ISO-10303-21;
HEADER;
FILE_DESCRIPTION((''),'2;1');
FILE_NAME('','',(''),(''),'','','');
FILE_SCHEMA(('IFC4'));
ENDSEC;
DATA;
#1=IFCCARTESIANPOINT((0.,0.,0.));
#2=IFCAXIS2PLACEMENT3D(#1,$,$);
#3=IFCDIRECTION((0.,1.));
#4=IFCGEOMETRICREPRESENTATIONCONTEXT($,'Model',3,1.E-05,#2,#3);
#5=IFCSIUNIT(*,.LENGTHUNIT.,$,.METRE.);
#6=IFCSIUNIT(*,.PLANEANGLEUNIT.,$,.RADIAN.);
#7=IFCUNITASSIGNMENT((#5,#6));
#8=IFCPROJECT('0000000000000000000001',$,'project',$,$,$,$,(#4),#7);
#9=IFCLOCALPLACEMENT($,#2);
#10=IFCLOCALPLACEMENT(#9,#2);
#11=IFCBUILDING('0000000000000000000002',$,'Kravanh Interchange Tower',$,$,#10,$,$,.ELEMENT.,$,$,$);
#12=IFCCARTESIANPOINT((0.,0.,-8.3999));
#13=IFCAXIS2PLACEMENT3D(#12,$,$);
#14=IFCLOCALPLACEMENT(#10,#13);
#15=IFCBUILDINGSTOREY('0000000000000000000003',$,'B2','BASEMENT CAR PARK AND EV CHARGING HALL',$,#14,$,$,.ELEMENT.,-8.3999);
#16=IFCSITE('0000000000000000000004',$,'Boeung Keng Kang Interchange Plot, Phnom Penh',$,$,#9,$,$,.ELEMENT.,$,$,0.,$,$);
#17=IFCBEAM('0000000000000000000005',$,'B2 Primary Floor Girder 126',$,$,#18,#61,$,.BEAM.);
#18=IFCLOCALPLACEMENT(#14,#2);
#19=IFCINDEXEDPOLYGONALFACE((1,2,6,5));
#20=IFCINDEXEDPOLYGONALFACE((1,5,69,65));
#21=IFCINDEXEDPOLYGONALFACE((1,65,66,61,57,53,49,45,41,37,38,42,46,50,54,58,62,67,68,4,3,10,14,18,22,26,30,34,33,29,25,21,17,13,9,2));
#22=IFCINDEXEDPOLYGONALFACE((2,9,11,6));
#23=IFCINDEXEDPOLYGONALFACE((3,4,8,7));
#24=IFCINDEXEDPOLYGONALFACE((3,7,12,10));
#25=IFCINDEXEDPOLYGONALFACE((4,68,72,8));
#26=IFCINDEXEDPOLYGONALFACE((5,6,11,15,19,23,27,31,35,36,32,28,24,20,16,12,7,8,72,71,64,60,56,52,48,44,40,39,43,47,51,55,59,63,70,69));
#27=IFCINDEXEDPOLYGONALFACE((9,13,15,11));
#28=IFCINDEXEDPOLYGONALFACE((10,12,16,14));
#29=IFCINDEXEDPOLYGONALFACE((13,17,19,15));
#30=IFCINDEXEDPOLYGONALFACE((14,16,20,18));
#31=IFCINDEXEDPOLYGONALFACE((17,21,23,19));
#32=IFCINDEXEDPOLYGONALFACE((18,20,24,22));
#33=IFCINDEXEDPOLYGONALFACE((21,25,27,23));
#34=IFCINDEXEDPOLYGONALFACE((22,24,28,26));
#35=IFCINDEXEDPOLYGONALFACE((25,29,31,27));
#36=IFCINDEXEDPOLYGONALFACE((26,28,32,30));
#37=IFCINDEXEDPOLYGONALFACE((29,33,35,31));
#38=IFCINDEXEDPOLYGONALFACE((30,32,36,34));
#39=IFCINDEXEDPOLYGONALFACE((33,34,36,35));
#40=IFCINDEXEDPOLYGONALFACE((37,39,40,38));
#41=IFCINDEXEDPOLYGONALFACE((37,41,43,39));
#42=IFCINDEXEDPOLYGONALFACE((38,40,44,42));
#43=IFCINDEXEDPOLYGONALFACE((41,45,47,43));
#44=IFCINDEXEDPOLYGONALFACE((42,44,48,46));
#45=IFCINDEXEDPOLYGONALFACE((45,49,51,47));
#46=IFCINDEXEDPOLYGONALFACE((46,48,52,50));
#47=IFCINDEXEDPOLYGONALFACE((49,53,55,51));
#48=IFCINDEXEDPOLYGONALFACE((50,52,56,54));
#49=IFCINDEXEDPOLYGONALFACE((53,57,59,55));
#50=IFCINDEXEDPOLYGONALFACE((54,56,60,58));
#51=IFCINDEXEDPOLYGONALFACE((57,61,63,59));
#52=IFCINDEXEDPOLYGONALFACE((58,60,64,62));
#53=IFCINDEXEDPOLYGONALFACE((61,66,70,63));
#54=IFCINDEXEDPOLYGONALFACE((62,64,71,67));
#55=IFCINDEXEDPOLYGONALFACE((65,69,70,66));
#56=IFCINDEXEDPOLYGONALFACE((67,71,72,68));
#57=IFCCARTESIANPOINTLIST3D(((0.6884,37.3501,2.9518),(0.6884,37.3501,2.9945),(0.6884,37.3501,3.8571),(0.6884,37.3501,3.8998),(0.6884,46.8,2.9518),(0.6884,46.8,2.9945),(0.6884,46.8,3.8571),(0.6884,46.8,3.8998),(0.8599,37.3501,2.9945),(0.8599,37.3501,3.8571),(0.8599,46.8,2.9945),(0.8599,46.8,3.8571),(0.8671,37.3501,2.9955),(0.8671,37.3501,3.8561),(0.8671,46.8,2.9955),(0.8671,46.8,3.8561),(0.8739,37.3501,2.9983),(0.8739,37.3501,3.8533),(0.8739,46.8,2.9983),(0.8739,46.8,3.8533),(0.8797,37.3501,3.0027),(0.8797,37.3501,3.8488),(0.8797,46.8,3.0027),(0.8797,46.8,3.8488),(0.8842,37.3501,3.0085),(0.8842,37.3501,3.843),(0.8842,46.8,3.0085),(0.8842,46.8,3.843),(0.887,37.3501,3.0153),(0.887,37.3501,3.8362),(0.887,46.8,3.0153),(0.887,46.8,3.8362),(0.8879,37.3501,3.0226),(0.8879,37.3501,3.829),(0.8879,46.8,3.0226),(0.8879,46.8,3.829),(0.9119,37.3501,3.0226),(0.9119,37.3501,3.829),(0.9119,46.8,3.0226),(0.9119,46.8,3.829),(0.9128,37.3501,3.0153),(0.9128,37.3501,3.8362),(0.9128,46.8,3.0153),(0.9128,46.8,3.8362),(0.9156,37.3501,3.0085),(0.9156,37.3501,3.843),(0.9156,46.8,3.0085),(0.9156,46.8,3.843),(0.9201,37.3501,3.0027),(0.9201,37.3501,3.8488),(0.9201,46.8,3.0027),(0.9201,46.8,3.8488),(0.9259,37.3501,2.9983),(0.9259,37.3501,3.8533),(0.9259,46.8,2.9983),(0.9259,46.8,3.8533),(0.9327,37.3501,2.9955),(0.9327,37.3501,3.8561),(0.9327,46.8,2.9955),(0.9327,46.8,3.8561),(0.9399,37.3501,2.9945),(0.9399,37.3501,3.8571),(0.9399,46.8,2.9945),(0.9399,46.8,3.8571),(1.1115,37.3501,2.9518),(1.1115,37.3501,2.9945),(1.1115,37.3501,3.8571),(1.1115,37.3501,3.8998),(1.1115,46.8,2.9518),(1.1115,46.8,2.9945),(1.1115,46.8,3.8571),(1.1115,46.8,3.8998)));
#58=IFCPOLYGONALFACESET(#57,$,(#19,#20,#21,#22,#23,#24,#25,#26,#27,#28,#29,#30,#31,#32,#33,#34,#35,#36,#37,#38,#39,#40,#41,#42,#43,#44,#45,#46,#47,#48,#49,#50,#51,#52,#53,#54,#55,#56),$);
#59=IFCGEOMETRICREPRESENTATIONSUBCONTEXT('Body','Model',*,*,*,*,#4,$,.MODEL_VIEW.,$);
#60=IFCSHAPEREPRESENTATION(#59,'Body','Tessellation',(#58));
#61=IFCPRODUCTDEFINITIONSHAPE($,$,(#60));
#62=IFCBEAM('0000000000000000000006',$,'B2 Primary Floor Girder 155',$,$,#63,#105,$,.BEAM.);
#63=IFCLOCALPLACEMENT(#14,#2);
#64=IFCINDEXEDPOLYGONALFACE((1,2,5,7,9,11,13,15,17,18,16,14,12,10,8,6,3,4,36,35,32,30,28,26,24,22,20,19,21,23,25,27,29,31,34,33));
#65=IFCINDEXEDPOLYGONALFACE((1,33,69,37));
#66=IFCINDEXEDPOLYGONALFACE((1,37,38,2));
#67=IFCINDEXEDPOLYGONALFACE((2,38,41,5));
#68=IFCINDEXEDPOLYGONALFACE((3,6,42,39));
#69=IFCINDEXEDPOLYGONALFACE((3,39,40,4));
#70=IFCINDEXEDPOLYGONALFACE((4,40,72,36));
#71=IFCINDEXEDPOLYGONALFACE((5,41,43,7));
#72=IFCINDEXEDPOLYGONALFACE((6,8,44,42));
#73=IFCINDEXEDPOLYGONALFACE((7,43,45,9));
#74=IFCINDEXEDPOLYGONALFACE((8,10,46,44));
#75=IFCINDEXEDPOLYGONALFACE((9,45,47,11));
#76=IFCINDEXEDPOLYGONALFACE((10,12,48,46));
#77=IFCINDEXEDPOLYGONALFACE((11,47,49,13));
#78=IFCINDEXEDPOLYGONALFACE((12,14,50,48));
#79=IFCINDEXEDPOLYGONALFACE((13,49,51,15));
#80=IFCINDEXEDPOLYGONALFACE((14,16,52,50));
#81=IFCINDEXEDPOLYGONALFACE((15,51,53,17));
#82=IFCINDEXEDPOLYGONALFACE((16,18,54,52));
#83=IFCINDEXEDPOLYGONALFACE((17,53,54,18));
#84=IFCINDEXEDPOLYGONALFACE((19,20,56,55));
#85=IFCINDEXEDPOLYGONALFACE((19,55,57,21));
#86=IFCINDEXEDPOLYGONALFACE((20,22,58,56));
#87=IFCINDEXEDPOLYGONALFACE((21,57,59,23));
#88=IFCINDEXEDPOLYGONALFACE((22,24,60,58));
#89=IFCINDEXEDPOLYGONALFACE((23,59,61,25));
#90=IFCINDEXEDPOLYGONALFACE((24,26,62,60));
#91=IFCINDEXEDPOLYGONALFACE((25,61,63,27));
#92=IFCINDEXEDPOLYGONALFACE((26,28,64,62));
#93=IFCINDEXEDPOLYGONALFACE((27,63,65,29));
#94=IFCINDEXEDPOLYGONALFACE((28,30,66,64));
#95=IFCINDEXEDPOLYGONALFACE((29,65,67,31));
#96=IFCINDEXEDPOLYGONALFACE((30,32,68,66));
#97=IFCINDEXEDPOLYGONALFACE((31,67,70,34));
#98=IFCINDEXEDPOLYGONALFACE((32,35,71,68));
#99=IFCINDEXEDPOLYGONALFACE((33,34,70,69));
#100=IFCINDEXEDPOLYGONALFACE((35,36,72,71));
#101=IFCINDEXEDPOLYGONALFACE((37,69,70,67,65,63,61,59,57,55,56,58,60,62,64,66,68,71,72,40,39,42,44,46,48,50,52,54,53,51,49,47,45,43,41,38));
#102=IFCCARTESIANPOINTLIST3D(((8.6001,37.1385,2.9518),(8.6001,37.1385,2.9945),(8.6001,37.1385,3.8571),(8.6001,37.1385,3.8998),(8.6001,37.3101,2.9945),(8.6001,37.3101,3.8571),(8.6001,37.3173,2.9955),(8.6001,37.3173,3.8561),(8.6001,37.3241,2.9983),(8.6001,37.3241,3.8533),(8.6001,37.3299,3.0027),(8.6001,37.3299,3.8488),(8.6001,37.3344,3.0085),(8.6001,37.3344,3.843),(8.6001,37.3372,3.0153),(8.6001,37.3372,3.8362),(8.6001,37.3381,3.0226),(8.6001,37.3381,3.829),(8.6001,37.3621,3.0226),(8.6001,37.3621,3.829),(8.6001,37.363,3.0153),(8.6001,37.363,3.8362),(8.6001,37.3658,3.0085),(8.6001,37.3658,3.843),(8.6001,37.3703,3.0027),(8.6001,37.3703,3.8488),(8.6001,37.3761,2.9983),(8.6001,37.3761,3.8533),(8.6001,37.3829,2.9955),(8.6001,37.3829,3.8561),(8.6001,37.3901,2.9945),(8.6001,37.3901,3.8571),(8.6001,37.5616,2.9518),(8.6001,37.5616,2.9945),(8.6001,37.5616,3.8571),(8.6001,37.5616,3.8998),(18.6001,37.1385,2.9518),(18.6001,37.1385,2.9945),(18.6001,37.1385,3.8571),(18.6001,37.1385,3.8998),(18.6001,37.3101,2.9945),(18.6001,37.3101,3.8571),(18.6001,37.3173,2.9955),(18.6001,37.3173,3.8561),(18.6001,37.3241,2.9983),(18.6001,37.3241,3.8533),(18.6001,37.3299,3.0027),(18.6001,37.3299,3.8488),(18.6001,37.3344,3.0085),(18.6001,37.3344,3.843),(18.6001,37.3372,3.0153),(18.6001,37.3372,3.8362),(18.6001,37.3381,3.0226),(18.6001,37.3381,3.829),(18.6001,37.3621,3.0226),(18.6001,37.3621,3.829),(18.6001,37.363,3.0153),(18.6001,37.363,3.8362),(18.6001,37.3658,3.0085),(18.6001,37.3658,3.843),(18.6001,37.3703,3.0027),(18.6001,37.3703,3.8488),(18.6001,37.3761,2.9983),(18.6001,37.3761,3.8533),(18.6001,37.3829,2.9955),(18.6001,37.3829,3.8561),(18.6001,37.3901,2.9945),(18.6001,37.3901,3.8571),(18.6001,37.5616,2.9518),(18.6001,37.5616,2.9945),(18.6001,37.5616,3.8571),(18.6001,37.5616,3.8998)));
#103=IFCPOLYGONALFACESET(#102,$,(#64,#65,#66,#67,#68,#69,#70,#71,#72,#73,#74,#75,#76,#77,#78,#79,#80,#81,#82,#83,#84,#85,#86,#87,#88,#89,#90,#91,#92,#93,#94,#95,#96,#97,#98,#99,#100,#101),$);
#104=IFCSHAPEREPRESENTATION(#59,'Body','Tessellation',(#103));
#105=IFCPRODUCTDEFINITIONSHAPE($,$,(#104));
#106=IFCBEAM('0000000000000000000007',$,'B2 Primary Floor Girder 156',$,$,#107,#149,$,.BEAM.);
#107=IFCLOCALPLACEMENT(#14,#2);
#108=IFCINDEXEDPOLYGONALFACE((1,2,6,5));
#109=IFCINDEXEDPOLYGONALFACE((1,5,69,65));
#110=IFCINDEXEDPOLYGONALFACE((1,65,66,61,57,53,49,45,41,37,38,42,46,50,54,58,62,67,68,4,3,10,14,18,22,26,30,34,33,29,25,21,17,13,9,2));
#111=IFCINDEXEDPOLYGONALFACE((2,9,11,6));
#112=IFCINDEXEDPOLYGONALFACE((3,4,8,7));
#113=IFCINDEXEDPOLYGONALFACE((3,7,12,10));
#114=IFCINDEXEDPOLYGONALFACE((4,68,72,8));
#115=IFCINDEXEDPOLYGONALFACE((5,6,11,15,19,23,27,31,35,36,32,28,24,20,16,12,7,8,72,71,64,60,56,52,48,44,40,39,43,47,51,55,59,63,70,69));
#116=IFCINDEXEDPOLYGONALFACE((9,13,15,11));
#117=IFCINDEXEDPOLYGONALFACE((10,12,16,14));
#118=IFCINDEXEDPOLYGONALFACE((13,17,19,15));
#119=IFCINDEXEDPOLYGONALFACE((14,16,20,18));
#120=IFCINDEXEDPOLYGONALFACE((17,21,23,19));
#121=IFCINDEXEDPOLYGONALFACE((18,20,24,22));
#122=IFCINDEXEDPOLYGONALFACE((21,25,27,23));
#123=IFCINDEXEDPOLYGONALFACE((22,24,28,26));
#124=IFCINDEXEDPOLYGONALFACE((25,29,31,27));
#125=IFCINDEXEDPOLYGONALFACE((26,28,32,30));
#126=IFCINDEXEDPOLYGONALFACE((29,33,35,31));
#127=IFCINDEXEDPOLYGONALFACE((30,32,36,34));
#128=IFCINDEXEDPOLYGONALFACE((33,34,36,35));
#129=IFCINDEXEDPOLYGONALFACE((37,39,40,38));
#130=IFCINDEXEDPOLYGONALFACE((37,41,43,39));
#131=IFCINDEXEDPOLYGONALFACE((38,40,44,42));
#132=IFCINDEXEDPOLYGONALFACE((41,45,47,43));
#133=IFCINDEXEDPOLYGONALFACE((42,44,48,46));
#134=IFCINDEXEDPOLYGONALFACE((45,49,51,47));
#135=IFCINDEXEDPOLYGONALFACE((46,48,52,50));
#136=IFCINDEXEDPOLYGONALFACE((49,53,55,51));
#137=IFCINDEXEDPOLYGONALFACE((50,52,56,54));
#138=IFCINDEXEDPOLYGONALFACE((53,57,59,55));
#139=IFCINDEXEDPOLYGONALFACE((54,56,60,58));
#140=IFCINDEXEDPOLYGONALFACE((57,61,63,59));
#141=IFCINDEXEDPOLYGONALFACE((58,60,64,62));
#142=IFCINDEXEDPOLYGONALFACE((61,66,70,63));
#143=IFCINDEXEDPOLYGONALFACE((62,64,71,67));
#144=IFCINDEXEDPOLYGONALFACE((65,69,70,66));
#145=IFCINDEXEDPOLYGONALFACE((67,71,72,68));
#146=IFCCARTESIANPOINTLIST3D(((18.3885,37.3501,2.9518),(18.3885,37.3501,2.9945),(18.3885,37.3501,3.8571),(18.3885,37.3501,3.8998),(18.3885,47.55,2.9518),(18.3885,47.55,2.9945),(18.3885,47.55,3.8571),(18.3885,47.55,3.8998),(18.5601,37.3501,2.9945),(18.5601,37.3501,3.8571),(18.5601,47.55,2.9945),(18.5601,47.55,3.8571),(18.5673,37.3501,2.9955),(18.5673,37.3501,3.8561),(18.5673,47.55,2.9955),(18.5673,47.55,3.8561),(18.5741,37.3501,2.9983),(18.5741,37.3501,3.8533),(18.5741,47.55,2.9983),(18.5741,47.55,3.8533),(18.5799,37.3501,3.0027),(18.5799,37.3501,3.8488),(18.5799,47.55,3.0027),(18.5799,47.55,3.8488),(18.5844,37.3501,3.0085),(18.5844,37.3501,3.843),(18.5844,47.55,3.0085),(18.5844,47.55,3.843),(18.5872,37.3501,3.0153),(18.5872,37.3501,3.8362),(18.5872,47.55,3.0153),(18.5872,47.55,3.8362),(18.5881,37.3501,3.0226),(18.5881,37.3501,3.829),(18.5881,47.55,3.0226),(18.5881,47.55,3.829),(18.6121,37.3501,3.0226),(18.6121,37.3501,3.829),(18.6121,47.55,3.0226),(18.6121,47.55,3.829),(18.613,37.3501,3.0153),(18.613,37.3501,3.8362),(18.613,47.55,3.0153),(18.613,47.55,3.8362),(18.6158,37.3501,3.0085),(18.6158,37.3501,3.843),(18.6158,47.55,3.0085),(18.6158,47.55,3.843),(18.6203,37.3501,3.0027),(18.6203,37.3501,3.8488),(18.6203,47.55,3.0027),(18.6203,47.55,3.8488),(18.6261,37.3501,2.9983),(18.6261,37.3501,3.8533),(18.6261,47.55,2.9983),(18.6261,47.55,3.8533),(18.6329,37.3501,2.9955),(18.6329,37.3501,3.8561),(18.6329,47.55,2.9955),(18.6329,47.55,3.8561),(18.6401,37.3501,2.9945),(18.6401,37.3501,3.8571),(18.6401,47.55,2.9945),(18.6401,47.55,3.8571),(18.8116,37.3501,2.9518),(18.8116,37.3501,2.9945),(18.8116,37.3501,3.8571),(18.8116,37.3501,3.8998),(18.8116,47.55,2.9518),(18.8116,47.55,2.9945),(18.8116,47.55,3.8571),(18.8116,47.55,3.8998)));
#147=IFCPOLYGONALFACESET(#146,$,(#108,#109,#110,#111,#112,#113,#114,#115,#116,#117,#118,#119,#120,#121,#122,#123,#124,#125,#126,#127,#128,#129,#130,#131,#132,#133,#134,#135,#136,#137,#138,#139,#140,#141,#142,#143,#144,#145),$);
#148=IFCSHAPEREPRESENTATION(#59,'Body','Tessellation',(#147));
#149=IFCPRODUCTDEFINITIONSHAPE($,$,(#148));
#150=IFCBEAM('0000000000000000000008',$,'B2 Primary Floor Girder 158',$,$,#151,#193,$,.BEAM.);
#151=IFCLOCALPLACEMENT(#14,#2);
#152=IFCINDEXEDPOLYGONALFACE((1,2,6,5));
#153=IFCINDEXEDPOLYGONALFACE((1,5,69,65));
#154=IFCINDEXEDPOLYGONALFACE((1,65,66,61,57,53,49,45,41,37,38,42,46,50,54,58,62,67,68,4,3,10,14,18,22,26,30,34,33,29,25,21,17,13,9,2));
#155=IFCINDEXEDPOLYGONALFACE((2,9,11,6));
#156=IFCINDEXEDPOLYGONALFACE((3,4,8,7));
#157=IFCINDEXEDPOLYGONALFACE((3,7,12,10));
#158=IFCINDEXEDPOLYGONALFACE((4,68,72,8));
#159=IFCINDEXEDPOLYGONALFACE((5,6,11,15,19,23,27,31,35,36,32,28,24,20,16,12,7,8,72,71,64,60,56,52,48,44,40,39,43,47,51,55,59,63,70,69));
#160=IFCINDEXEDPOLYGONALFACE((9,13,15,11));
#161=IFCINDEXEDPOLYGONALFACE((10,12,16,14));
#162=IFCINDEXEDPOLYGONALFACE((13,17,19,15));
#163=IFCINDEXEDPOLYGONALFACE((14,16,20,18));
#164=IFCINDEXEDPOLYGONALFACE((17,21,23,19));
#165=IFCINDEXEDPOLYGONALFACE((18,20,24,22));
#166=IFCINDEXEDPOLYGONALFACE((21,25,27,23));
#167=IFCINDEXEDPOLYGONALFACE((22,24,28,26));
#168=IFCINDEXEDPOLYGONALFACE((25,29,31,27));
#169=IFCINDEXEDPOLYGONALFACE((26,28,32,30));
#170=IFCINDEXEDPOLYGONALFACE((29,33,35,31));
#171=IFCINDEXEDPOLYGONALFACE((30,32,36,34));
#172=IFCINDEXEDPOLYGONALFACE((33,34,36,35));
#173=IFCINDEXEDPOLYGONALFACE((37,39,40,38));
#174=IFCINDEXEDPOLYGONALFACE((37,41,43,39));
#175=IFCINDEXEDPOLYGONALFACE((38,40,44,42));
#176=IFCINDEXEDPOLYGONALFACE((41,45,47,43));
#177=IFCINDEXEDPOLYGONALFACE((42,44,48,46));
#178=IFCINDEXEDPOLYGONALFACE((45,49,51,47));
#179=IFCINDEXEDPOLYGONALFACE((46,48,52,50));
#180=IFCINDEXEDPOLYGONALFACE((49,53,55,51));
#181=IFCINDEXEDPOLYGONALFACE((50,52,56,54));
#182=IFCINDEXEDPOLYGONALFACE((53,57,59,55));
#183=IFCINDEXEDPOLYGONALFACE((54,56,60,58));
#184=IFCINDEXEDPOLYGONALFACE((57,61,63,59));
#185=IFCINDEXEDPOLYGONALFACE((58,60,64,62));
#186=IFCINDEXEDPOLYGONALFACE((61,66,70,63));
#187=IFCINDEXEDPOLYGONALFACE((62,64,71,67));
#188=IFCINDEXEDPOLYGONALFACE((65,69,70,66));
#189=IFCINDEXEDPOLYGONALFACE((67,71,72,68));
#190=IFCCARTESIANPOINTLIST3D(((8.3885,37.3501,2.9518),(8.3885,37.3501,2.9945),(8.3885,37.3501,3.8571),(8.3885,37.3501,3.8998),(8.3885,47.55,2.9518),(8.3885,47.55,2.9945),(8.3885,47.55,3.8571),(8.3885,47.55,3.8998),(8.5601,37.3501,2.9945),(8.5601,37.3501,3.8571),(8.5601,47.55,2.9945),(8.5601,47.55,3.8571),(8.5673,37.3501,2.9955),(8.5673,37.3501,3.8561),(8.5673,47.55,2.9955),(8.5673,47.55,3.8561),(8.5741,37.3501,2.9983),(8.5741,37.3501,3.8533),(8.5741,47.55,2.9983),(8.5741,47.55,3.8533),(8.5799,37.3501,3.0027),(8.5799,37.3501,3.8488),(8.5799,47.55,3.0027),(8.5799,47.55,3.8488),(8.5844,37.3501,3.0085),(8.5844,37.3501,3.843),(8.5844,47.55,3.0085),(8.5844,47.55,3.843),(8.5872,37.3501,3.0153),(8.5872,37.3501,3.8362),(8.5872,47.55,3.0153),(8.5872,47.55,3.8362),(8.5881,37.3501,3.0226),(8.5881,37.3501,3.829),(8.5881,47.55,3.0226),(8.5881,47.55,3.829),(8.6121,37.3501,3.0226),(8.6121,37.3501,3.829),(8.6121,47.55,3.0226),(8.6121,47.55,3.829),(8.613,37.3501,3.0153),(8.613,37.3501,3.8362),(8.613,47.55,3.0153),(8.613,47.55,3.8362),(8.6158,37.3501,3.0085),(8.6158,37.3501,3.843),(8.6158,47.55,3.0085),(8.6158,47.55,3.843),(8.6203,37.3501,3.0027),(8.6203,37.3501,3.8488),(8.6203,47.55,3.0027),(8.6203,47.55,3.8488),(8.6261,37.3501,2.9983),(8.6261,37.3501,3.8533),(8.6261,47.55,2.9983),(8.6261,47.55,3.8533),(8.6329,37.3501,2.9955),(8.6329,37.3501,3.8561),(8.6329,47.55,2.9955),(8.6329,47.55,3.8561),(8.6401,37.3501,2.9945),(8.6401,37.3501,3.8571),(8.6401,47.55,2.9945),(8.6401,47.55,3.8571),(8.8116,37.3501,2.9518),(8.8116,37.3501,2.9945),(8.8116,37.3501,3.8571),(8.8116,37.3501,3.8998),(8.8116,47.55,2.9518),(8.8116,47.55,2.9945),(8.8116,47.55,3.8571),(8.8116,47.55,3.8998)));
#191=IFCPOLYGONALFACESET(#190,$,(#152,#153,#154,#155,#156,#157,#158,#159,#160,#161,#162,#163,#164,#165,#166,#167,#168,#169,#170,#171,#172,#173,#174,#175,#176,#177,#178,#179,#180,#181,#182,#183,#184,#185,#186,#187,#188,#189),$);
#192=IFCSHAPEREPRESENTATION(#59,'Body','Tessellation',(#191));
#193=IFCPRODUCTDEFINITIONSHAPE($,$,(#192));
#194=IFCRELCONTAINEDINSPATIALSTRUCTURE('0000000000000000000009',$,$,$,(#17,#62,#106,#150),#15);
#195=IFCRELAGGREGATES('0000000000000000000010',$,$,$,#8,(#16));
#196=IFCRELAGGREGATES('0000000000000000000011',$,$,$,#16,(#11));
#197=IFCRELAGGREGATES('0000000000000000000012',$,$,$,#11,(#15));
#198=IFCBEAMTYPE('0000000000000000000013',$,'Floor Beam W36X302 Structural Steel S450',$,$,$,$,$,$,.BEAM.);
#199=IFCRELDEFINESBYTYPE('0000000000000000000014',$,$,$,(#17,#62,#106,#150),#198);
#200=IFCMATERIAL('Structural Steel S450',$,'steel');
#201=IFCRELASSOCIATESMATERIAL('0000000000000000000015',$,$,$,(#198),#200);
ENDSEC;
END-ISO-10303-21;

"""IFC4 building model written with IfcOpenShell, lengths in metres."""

from ifc_helpers import new_model, si_unit, direction, frame, origin, origin_2d, place, context, subcontext, project, spatial, i_section, extrude, material, material_profile, profile_set, type_object, element, save


model = new_model("IFC4")

# Units and contexts
model_context = context("Model", 3, precision=1e-05, world=origin(), true_north=direction((0.0, 1.0)))
body_context = subcontext(model_context, "Body", "Model", "MODEL_VIEW")
ifc_project = project(units=[si_unit("LENGTHUNIT", "METRE"), si_unit("PLANEANGLEUNIT", "RADIAN")], contexts=[model_context])

# Site, building, storey
site_placement = place(None, origin())
site = spatial("IfcSite", under=ifc_project, at=site_placement, Name="Boeung Keng Kang Interchange Plot, Phnom Penh", CompositionType="ELEMENT", RefElevation=0.0)
building_placement = place(site_placement, origin())
building = spatial("IfcBuilding", under=site, at=building_placement, Name="Kravanh Interchange Tower", CompositionType="ELEMENT")
storey_placement = place(building_placement, frame((0.0, 0.0, -8.3999)))
storey = spatial("IfcBuildingStorey", under=building, at=storey_placement, Name="B2", Description="BASEMENT CAR PARK AND EV CHARGING HALL", CompositionType="ELEMENT", Elevation=-8.3999)

# Beams
ifc_material_1 = material(Name="Structural Steel S450", Category="steel")
ifc_material_profile_1 = material_profile(ifc_material_1, i_section(OverallWidth=0.4231, OverallDepth=0.948, WebThickness=0.0239, FlangeThickness=0.0427, FilletRadius=0.0281, at=origin_2d()), Name="W36X302")
ifc_profile_set_1 = profile_set([ifc_material_profile_1], Name="Structural Steel S450")
beam_type = type_object("IfcBeamType", Name="Floor Beam W36X302 Structural Steel S450", PredefinedType="BEAM", material=ifc_profile_set_1)
beam_1_placement = place(storey_placement, frame((0.8999, 37.3501, 3.4258), z_axis=(0.0, 1.0, 0.0), x_axis=(-1.0, 0.0, 0.0)))
element("IfcBeam", 1, at=beam_1_placement, inside=storey, type_object=beam_type, Name="B2 Primary Floor Girder 126", PredefinedType="BEAM", context=body_context, shape_type="SweptSolid", body=[
    extrude(i_section(OverallWidth=0.4231, OverallDepth=0.948, WebThickness=0.0239, FlangeThickness=0.0427, FilletRadius=0.0281, at=origin_2d()), origin(), (0.0, 0.0, 1.0), 9.45),
])
beam_2_placement = place(storey_placement, frame((18.6001, 37.3501, 3.4258), z_axis=(-1.0, 0.0, 0.0), x_axis=(0.0, -1.0, 0.0)))
element("IfcBeam", 2, at=beam_2_placement, inside=storey, type_object=beam_type, Name="B2 Primary Floor Girder 155", PredefinedType="BEAM", context=body_context, shape_type="SweptSolid", body=[
    extrude(i_section(OverallWidth=0.4231, OverallDepth=0.948, WebThickness=0.0239, FlangeThickness=0.0427, FilletRadius=0.0281, at=origin_2d()), origin(), (0.0, 0.0, 1.0), 10.0),
])
for number, where, z_axis, x_axis, name in (
    (3, (18.6001, 37.3501, 3.4258), (0.0, 1.0, 0.0), (-1.0, 0.0, 0.0), "B2 Primary Floor Girder 156"),
    (4, (8.6001, 37.3501, 3.4258), (0.0, 1.0, 0.0), (-1.0, 0.0, 0.0), "B2 Primary Floor Girder 158"),
):
    element("IfcBeam", number, at=place(storey_placement, frame(where, z_axis=z_axis, x_axis=x_axis)), inside=storey, type_object=beam_type, Name=name, PredefinedType="BEAM", context=body_context, shape_type="SweptSolid", body=[
        extrude(i_section(OverallWidth=0.4231, OverallDepth=0.948, WebThickness=0.0239, FlangeThickness=0.0427, FilletRadius=0.0281, at=origin_2d()), origin(), (0.0, 0.0, 1.0), 10.2),
    ])

save(model, "model.ifc")
